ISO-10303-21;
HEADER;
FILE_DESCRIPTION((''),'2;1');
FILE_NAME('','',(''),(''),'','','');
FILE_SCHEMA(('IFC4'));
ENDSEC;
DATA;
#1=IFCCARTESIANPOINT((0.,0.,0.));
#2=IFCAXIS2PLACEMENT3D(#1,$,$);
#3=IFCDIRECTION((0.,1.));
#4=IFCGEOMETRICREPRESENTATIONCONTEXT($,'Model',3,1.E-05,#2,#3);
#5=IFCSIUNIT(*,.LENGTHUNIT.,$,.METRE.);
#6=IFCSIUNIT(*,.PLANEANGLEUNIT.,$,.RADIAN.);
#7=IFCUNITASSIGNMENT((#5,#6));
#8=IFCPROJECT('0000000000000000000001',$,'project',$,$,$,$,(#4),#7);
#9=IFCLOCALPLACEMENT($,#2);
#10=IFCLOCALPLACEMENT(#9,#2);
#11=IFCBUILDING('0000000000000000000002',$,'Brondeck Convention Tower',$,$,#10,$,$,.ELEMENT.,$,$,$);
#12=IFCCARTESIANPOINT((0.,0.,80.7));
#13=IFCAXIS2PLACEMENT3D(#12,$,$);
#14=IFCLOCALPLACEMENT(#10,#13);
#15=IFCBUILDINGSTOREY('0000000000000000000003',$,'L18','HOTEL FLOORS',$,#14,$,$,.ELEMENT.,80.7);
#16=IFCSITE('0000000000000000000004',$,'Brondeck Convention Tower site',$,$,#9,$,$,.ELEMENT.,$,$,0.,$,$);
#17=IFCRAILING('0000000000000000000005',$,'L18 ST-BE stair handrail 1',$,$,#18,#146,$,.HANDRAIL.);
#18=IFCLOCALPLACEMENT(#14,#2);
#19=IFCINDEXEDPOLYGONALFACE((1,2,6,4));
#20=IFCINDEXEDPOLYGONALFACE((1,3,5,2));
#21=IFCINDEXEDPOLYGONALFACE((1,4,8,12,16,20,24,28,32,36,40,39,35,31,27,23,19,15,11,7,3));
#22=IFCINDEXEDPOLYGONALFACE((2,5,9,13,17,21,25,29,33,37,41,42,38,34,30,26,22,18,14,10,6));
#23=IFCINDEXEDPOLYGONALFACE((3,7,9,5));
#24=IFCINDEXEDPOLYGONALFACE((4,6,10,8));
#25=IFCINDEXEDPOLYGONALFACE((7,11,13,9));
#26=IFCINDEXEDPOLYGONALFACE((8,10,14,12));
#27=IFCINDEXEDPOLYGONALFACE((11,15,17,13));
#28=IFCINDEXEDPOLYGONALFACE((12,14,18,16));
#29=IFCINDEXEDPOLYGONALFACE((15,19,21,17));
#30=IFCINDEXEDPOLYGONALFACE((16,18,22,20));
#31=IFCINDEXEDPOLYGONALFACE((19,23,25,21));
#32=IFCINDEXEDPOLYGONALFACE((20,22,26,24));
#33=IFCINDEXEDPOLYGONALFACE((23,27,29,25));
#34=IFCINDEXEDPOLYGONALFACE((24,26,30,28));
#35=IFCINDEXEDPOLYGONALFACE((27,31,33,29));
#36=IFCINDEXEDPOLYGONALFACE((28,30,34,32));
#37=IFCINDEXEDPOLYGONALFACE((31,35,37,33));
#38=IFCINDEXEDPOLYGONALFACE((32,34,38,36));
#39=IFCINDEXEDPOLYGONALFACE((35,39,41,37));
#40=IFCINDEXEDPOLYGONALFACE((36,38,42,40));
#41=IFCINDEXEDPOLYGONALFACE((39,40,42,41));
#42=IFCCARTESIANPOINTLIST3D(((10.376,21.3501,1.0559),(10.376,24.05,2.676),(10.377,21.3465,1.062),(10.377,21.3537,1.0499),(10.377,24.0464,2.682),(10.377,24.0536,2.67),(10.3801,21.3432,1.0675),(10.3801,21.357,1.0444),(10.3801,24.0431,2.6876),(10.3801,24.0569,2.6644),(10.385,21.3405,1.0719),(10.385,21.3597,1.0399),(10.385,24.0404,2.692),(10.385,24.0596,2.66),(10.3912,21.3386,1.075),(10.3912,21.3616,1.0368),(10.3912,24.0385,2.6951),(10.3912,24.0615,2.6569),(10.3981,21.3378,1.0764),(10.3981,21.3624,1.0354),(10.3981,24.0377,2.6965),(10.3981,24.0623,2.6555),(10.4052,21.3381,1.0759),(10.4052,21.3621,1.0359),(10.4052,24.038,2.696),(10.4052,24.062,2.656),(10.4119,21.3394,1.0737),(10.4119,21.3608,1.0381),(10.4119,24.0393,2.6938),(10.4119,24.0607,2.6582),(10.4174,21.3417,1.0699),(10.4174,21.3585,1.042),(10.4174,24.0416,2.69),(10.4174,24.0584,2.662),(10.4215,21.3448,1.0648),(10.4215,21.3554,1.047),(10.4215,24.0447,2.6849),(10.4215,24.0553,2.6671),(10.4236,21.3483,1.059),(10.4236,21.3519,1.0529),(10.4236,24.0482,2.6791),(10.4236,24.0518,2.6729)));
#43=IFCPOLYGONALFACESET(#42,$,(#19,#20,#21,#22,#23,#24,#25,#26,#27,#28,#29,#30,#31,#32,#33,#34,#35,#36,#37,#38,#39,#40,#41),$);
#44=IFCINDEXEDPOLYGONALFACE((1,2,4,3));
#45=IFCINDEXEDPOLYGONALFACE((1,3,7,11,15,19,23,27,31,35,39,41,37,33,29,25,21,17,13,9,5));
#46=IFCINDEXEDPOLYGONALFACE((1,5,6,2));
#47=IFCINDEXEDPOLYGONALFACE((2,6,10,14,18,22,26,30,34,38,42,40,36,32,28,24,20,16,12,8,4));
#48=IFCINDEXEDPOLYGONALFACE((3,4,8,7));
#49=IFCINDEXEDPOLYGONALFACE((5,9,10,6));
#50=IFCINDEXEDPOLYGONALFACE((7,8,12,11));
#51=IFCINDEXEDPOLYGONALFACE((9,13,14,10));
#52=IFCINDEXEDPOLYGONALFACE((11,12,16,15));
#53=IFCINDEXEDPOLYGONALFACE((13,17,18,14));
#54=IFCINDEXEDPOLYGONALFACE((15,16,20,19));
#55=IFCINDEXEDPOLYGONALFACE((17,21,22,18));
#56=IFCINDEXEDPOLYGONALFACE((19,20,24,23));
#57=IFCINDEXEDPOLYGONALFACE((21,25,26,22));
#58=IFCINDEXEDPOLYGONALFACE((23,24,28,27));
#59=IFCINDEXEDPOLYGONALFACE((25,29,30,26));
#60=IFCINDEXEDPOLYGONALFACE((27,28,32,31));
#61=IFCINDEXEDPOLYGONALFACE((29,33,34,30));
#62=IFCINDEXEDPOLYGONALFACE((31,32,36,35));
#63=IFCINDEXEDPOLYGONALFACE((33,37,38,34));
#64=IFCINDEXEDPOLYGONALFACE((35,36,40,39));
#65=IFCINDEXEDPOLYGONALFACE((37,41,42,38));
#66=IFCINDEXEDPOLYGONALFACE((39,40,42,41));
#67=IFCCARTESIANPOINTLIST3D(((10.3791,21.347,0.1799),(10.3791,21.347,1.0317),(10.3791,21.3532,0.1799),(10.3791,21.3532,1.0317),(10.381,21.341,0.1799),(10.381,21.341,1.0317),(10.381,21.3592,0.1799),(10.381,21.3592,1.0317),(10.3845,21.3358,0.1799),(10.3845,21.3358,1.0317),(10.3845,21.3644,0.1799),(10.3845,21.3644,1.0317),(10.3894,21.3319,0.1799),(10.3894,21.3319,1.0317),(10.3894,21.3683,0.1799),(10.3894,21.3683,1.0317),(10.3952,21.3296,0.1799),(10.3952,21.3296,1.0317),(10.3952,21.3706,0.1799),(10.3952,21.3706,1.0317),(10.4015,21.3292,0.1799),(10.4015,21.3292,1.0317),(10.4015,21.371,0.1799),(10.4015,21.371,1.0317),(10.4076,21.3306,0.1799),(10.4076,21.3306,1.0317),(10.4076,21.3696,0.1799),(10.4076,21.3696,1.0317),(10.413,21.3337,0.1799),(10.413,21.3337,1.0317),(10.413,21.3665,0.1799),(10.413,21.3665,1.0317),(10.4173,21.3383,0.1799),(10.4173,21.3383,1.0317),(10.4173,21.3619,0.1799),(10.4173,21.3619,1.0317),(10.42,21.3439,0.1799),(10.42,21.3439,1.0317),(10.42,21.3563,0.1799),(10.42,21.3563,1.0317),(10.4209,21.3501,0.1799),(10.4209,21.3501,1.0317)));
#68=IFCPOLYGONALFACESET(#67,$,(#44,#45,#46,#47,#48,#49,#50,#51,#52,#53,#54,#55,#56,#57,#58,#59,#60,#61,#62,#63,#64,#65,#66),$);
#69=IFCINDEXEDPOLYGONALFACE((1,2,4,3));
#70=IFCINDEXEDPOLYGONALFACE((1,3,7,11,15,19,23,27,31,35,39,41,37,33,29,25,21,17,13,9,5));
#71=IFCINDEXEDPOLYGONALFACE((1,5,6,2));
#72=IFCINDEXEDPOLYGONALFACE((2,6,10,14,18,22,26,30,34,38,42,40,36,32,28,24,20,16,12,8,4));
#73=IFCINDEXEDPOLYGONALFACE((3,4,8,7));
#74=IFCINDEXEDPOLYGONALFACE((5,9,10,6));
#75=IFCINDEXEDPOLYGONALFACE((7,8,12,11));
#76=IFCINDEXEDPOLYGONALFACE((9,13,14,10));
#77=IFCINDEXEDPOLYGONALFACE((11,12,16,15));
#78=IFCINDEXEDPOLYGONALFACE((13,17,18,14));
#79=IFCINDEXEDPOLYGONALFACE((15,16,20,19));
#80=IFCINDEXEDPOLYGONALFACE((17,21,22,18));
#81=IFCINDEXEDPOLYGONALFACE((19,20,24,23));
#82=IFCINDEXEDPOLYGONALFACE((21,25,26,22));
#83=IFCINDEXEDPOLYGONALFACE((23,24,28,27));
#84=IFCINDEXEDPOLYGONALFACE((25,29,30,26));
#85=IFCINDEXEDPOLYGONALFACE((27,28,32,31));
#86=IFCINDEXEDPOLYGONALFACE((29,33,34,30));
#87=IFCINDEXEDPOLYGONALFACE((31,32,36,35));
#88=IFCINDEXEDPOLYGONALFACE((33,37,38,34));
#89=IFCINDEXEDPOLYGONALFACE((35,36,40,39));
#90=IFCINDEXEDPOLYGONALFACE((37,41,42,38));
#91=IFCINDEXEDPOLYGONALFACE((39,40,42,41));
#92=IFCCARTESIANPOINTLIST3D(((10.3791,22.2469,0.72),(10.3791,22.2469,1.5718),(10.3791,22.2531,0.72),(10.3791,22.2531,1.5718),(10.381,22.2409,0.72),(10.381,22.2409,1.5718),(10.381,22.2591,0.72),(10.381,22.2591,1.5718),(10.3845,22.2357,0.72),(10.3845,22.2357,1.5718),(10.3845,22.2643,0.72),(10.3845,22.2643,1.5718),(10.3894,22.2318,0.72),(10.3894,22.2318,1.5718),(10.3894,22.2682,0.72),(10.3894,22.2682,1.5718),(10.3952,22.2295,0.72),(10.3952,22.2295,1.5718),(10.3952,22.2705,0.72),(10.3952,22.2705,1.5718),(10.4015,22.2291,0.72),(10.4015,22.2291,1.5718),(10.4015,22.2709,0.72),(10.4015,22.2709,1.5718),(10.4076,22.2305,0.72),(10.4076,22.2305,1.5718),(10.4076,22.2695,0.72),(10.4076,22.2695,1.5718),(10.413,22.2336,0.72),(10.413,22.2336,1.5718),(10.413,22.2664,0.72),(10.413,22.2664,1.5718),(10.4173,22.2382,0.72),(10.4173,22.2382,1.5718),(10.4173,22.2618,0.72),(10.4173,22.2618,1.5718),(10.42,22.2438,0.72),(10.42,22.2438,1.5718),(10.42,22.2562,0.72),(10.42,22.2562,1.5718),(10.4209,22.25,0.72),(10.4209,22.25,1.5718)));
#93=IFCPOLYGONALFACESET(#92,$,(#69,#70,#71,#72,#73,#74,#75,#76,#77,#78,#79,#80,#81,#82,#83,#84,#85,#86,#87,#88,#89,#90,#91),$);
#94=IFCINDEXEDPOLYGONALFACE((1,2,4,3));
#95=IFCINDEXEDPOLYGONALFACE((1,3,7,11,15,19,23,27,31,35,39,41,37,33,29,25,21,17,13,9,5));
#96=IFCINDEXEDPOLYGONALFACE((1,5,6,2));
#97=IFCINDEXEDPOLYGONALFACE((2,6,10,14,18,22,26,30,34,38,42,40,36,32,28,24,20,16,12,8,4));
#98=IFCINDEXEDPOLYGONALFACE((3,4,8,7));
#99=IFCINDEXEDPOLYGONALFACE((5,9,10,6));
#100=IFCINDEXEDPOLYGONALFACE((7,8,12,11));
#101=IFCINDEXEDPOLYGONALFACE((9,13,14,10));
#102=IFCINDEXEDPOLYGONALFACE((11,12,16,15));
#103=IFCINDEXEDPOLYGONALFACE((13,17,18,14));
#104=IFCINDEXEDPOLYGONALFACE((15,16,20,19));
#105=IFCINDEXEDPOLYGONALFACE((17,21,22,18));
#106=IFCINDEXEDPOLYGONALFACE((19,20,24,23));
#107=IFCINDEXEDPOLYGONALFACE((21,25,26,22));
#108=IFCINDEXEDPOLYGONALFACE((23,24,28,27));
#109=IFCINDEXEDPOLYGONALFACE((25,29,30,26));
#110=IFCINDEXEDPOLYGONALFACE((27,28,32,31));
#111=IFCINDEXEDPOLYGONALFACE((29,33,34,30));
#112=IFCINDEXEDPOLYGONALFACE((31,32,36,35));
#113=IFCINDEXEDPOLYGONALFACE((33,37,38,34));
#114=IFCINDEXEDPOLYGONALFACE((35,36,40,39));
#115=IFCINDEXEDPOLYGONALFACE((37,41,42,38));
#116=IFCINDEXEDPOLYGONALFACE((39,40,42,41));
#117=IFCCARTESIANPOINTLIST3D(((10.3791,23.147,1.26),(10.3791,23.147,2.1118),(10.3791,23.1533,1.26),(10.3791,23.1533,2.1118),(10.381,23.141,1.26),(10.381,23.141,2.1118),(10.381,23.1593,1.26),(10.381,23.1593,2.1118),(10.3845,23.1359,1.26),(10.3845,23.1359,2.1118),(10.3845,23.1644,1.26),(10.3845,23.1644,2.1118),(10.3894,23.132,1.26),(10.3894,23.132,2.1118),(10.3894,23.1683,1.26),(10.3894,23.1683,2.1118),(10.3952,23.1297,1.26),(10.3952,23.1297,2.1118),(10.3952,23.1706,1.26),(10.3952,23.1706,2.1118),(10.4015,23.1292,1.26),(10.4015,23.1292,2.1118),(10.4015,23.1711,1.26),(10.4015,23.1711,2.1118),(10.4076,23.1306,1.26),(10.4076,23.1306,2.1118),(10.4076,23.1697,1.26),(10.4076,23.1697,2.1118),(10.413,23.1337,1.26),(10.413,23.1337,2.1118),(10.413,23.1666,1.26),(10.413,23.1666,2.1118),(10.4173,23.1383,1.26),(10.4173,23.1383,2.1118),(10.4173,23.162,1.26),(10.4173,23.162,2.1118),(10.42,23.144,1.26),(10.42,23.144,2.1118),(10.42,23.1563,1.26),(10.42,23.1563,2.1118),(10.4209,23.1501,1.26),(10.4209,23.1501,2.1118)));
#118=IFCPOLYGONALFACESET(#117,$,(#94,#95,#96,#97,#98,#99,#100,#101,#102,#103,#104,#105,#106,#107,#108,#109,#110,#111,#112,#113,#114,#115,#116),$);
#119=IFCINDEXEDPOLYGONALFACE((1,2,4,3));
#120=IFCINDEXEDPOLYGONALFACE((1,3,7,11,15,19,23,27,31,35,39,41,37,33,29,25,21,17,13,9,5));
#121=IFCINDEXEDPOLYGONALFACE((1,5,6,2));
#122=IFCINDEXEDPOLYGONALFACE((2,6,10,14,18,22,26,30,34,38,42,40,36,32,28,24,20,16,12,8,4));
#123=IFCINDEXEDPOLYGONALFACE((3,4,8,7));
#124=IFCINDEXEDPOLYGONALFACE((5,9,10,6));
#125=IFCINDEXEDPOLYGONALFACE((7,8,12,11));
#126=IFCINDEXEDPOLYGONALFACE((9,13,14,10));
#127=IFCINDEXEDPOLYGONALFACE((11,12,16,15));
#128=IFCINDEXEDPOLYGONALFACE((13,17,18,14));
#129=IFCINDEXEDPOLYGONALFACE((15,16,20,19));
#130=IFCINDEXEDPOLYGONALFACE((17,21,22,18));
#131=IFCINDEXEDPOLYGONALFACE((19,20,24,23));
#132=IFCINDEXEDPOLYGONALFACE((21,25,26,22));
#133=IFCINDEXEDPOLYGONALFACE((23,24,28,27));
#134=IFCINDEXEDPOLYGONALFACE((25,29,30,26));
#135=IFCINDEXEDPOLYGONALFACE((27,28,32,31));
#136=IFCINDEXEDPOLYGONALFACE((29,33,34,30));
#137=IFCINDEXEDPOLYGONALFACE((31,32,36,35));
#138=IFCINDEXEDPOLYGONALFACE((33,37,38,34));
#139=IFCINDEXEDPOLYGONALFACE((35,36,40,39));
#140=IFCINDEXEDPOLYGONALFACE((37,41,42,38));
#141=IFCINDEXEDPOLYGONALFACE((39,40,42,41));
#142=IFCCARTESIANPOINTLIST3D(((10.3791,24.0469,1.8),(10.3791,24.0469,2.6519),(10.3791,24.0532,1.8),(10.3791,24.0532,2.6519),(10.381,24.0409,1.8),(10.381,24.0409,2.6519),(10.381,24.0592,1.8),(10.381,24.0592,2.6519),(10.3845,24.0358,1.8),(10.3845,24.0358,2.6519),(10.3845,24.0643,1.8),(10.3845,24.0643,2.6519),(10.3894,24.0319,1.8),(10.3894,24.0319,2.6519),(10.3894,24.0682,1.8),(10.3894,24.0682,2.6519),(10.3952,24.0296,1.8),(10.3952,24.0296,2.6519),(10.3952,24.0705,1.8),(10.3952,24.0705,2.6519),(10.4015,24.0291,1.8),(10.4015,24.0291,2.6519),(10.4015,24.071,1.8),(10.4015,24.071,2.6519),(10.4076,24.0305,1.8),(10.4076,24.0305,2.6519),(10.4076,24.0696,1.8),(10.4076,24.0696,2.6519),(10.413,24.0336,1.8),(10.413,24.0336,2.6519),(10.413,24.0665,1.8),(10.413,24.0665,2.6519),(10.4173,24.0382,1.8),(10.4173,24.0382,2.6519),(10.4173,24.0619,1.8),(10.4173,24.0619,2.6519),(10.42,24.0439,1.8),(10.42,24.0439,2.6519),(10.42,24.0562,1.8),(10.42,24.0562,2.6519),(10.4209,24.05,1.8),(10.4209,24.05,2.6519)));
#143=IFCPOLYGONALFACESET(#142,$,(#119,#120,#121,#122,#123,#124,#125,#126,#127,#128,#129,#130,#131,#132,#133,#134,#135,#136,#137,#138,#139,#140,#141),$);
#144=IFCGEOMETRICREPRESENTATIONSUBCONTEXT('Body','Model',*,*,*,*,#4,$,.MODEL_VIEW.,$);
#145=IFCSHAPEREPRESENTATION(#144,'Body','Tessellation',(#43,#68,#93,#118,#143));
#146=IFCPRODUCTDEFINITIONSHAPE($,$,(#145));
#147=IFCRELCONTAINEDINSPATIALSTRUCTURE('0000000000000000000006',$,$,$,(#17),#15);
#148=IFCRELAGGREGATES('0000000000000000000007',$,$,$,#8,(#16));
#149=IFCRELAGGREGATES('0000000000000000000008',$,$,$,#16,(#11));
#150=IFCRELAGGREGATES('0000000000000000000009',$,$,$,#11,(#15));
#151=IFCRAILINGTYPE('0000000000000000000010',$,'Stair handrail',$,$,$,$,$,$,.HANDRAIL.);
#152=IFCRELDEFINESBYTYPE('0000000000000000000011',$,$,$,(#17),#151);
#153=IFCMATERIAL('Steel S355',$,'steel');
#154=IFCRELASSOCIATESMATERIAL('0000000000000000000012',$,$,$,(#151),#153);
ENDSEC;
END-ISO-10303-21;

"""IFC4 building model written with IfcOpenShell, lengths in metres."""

from ifc_helpers import new_model, si_unit, direction, frame, origin, origin_2d, place, context, subcontext, project, spatial, circle, extrude, material, type_object, element, save


model = new_model("IFC4")

# Units and contexts
model_context = context("Model", 3, precision=1e-05, world=origin(), true_north=direction((0.0, 1.0)))
body_context = subcontext(model_context, "Body", "Model", "MODEL_VIEW")
ifc_project = project(units=[si_unit("LENGTHUNIT", "METRE"), si_unit("PLANEANGLEUNIT", "RADIAN")], contexts=[model_context])

# Site, building, storey
site_placement = place(None, origin())
site = spatial("IfcSite", under=ifc_project, at=site_placement, Name="Brondeck Convention Tower site", CompositionType="ELEMENT", RefElevation=0.0)
building_placement = place(site_placement, origin())
building = spatial("IfcBuilding", under=site, at=building_placement, Name="Brondeck Convention Tower", CompositionType="ELEMENT")
storey_placement = place(building_placement, frame((0.0, 0.0, 80.7)))
storey = spatial("IfcBuildingStorey", under=building, at=storey_placement, Name="L18", Description="HOTEL FLOORS", CompositionType="ELEMENT", Elevation=80.7)

# Shared definitions
ifc_material_1 = material(Name="Steel S355", Category="steel")

# Railing
railing_type = type_object("IfcRailingType", Name="Stair handrail", PredefinedType="HANDRAIL", material=ifc_material_1)
railing_1_placement = place(storey_placement, frame((10.3999, 21.3501, 0.1799)))
element("IfcRailing", 1, at=railing_1_placement, inside=storey, type_object=railing_type, Name="L18 ST-BE stair handrail 1", PredefinedType="HANDRAIL", context=body_context, shape_type="SweptSolid", body=[
    extrude(circle(Radius=0.0239, at=origin_2d()), frame((0.0, 0.0, 0.876), z_axis=(0.0, 0.857472, 0.51453), x_axis=(-1.0, 0.0, 0.0)), (0.0, 0.0, 1.0), 3.1487),
    extrude(circle(Radius=0.021, at=origin_2d()), origin(), (0.0, 0.0, 1.0), 0.8518),
    extrude(circle(Radius=0.021, at=origin_2d()), frame((0.0, 0.8999, 0.54)), (0.0, 0.0, 1.0), 0.8518),
    extrude(circle(Radius=0.021, at=origin_2d()), frame((0.0, 1.8, 1.0801)), (0.0, 0.0, 1.0), 0.8518),
    extrude(circle(Radius=0.021, at=origin_2d()), frame((0.0, 2.7, 1.6201)), (0.0, 0.0, 1.0), 0.8518),
])

save(model, "model.ifc")
